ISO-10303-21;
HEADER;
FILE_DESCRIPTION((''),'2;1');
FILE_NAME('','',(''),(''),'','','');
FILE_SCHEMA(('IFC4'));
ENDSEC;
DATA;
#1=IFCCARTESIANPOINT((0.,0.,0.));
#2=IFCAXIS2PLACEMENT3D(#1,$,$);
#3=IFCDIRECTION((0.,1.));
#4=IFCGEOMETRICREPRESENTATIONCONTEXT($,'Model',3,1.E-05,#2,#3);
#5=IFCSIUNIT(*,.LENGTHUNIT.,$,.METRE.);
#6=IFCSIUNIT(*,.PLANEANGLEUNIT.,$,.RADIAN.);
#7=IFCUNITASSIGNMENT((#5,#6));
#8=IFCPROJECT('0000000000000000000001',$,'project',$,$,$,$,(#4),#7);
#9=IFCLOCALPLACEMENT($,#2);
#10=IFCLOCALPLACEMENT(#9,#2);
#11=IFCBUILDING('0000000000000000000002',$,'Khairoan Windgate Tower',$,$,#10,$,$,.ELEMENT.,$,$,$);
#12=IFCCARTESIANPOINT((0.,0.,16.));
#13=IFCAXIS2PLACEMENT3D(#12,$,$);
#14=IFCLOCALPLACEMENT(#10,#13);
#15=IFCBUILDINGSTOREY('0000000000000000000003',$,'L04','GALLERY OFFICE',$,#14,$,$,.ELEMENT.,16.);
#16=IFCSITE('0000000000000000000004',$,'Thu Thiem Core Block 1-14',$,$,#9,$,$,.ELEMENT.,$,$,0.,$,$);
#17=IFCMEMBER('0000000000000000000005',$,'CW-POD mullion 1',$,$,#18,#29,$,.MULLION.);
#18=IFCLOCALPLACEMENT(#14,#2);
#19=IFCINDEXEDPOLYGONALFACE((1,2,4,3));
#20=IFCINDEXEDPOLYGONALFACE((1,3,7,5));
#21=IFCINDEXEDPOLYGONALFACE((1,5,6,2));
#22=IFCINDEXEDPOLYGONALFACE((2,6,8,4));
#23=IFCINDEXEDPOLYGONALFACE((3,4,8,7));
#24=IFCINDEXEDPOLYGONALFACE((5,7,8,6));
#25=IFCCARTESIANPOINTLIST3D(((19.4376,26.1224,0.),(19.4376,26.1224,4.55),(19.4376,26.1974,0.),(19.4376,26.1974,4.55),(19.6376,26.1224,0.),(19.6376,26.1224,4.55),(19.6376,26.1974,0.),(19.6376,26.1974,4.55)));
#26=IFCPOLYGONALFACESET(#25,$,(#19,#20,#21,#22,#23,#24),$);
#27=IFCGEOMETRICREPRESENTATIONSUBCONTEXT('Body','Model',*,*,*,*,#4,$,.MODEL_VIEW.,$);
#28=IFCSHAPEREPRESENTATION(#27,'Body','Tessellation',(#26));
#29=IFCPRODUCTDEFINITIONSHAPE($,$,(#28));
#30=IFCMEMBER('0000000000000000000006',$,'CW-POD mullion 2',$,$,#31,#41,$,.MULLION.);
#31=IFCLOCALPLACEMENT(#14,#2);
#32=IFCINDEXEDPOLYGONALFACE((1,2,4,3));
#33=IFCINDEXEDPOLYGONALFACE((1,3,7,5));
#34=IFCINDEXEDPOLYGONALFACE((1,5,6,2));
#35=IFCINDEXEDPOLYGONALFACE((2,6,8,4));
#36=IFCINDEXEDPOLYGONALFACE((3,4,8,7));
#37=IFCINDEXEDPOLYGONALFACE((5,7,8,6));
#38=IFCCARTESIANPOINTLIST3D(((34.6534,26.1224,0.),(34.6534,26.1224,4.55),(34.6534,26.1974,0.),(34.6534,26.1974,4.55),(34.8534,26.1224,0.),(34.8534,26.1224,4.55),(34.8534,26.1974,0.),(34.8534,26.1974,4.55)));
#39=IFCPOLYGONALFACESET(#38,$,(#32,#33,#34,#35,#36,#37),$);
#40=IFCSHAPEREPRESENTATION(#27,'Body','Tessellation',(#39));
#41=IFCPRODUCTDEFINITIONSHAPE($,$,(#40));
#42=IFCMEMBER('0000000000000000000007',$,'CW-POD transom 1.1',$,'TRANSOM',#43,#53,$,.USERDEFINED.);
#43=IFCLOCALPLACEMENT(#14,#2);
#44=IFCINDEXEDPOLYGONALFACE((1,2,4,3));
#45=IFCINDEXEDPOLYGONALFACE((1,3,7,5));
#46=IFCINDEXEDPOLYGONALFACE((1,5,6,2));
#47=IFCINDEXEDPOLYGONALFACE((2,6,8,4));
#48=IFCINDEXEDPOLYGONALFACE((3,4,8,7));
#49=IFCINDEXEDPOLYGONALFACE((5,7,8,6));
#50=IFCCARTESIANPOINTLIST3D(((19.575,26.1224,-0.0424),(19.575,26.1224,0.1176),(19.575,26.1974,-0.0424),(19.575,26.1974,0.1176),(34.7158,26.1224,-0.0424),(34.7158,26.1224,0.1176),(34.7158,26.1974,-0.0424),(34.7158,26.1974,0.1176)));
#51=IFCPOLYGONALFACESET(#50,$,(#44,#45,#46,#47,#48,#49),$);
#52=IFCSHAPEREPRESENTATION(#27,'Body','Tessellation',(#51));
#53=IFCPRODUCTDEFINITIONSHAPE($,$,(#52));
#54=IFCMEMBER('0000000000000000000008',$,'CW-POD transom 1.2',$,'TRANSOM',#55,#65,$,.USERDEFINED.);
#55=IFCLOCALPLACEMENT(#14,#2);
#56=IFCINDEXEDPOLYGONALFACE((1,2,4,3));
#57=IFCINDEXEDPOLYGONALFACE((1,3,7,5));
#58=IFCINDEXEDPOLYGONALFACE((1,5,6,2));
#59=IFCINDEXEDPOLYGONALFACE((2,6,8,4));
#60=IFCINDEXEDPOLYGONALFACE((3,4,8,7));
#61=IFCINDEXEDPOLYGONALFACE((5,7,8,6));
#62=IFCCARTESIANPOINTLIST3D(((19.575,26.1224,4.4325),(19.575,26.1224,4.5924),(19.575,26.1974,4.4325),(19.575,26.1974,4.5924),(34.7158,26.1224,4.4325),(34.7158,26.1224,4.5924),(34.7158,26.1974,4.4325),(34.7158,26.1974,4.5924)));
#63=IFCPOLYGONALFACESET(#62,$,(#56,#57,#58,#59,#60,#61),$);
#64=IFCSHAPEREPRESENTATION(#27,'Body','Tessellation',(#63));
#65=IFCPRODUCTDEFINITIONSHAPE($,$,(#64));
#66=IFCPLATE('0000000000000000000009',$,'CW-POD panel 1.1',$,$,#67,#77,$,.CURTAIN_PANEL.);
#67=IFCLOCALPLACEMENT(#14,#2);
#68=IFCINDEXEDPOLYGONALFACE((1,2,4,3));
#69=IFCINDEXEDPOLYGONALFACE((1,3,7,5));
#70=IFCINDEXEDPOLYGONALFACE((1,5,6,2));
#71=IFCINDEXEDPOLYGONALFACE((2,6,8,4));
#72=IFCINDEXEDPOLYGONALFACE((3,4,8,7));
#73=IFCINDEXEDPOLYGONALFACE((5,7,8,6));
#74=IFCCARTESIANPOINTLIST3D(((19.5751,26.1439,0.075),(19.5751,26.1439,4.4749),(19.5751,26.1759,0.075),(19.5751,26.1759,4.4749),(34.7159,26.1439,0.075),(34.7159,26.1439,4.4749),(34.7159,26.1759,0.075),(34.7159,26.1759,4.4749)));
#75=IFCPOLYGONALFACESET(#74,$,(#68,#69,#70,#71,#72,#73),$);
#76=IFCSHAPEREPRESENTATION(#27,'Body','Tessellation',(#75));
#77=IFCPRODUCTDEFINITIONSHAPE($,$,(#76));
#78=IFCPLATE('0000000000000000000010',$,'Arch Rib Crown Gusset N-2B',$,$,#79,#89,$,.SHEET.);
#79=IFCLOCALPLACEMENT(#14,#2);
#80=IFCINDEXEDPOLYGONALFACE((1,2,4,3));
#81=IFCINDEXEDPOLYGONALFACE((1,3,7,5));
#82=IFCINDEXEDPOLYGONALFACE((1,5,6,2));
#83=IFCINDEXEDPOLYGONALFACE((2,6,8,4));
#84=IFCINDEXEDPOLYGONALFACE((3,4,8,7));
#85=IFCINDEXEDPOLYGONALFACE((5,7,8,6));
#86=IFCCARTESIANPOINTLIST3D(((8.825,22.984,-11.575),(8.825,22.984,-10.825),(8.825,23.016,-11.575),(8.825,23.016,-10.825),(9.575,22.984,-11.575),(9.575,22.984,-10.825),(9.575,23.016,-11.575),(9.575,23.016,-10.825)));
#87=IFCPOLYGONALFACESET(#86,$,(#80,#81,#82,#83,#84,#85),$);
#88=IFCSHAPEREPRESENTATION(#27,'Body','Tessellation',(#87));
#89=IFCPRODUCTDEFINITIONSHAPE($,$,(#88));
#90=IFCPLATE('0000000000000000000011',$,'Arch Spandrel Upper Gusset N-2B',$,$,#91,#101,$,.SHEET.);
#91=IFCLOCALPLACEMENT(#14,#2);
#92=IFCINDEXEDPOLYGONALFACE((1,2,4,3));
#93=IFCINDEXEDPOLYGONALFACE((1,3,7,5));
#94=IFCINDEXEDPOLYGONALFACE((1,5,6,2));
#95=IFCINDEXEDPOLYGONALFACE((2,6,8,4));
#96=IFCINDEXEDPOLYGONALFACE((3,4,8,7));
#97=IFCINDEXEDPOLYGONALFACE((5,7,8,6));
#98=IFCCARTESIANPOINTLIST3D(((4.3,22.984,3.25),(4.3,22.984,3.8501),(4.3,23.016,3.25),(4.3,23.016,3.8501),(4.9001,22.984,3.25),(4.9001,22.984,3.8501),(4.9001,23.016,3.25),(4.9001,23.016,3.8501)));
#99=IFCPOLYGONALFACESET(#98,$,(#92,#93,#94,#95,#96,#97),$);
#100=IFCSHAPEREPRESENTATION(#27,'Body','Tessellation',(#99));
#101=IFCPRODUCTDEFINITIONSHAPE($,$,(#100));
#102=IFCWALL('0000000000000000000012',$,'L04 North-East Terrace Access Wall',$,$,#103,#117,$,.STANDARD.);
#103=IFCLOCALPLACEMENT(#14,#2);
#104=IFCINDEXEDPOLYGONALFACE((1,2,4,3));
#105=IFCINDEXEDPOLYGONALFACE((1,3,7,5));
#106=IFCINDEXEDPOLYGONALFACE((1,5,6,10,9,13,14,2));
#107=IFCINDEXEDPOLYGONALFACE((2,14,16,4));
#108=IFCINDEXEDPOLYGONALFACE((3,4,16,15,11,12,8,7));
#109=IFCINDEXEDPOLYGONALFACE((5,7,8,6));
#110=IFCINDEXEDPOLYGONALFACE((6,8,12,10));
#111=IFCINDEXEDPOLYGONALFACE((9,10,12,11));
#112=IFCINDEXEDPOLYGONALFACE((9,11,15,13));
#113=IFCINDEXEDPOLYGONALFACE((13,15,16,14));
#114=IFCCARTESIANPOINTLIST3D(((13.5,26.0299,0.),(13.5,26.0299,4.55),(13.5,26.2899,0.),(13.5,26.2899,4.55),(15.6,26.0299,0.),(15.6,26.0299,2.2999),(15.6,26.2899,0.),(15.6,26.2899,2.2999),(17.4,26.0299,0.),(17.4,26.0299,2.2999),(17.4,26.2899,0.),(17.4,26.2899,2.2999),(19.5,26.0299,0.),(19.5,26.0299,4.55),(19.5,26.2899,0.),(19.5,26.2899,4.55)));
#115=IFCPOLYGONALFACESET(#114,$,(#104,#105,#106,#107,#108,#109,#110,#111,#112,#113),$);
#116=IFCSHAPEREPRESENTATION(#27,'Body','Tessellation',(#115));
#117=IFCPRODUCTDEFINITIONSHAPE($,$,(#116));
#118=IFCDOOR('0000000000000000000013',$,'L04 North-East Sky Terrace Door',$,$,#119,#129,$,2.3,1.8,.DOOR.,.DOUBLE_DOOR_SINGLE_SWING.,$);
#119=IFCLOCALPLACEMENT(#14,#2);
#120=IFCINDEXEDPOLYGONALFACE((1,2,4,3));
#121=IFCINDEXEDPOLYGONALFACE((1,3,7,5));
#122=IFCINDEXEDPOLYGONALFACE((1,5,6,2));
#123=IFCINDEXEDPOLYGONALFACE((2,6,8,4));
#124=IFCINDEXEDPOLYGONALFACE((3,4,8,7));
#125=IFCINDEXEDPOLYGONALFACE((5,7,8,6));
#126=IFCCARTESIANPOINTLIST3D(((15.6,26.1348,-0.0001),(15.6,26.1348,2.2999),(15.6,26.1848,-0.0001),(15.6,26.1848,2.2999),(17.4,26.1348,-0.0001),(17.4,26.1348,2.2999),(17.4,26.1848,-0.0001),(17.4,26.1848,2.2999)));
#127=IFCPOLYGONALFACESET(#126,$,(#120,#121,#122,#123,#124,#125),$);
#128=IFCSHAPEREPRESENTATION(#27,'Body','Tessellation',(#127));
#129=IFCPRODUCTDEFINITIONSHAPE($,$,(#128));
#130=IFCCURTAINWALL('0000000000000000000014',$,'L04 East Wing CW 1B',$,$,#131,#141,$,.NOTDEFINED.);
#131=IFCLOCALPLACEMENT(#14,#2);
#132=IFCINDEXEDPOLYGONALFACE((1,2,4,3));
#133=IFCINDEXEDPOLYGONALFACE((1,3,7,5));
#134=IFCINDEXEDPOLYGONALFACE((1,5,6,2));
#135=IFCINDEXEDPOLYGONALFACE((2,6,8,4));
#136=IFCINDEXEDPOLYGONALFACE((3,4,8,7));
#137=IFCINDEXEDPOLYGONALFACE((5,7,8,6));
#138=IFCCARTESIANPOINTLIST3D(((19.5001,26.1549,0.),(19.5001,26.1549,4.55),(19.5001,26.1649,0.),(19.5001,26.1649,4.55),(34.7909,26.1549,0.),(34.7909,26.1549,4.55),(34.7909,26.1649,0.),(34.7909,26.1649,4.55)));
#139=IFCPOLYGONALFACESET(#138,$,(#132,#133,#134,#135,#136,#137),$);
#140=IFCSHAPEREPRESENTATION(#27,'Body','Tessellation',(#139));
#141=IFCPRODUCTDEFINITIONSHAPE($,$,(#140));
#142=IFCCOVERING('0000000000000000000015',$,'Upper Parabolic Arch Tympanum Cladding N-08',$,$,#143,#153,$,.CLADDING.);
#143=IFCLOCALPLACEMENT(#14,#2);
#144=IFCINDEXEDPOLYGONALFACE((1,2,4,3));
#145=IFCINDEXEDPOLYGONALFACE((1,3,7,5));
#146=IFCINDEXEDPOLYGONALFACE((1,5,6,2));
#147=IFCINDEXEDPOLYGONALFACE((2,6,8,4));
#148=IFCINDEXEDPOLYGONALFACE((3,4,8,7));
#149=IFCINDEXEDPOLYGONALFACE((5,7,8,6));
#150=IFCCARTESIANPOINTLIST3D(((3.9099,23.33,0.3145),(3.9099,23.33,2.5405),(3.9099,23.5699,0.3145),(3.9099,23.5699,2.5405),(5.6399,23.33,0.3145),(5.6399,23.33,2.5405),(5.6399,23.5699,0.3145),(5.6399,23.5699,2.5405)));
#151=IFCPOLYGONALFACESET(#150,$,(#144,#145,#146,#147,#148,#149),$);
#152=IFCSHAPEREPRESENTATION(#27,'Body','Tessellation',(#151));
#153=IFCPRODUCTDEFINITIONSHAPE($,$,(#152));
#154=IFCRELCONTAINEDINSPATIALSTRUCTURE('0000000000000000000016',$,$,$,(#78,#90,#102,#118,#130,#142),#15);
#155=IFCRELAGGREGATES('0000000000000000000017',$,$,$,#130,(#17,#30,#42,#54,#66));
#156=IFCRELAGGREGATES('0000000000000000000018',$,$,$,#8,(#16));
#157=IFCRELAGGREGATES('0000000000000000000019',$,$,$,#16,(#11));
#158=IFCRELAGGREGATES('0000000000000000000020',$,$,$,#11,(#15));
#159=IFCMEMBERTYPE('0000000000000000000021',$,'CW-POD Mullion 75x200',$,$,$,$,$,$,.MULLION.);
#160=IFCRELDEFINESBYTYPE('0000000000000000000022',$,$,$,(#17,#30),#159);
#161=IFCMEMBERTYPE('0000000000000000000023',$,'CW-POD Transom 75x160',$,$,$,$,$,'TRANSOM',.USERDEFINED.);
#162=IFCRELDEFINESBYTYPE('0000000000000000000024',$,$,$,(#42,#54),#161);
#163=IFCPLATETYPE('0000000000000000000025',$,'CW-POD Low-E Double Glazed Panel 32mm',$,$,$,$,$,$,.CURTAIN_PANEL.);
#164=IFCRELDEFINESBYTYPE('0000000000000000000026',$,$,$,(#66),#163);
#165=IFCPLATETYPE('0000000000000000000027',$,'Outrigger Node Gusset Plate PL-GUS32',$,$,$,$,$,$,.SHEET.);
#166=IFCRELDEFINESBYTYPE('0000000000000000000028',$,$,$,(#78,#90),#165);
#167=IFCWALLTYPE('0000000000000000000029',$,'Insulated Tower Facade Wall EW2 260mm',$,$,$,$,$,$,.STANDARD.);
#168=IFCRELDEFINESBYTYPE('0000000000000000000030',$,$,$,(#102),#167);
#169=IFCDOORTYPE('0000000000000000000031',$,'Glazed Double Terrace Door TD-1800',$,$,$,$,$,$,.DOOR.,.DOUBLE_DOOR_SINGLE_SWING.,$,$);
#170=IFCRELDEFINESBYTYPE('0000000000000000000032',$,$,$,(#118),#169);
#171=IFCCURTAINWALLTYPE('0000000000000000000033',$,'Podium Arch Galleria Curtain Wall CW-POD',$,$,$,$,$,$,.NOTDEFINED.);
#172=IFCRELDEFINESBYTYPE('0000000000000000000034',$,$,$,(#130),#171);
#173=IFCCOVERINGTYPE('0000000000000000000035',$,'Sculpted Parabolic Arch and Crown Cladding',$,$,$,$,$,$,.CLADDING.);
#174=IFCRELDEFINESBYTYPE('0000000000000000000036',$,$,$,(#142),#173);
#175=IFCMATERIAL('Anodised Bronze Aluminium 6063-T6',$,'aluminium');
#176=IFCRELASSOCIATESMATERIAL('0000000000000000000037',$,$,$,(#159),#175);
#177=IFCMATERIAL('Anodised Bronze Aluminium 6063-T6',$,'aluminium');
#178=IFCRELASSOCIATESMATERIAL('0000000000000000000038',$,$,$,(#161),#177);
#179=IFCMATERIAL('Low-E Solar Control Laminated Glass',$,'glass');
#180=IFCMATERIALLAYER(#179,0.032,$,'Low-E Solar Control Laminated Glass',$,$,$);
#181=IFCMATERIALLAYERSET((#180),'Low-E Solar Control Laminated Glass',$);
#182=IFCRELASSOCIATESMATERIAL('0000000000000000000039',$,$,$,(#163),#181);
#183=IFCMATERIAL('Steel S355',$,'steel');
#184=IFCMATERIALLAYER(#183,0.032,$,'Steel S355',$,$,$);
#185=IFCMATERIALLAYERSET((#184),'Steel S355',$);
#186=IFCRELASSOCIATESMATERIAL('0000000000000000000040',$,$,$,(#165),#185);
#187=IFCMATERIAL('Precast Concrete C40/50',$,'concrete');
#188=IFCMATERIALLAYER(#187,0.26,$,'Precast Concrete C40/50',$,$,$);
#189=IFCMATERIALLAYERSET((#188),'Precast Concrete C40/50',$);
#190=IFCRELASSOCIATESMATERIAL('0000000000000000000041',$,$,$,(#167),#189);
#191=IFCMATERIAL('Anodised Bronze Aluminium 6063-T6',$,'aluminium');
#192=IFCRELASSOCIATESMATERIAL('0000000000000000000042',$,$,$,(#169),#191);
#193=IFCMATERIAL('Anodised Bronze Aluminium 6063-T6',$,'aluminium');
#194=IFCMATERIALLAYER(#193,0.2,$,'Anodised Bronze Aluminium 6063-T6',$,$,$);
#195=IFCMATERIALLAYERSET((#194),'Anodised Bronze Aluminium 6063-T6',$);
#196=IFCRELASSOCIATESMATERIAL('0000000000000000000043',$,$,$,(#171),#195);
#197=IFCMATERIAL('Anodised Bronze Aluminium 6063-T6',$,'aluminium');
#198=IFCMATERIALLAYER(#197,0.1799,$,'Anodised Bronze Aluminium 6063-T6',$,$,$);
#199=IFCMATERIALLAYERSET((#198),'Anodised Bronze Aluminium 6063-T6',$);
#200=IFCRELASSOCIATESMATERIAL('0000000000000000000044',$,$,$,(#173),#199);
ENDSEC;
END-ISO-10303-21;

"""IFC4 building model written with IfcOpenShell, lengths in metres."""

from ifc_helpers import new_model, si_unit, direction, frame, frame_2d, origin, origin_2d, place, context, subcontext, project, spatial, rectangle, extrude, material, layer, layer_set, material_profile, profile_set, type_object, element, fill, aggregate, save


model = new_model("IFC4")

# Units and contexts
model_context = context("Model", 3, precision=1e-05, world=origin(), true_north=direction((0.0, 1.0)))
body_context = subcontext(model_context, "Body", "Model", "MODEL_VIEW")
ifc_project = project(units=[si_unit("LENGTHUNIT", "METRE"), si_unit("PLANEANGLEUNIT", "RADIAN")], contexts=[model_context])

# Site, building, storey
site_placement = place(None, origin())
site = spatial("IfcSite", under=ifc_project, at=site_placement, Name="Thu Thiem Core Block 1-14", CompositionType="ELEMENT", RefElevation=0.0)
building_placement = place(site_placement, origin())
building = spatial("IfcBuilding", under=site, at=building_placement, Name="Khairoan Windgate Tower", CompositionType="ELEMENT")
storey_placement = place(building_placement, frame((0.0, 0.0, 16.0)))
storey = spatial("IfcBuildingStorey", under=building, at=storey_placement, Name="L04", Description="GALLERY OFFICE", CompositionType="ELEMENT", Elevation=16.0)

# Members
ifc_material_1 = material(Name="Anodised Bronze Aluminium 6063-T6", Category="aluminium")
ifc_material_profile_1 = material_profile(ifc_material_1, rectangle(XDim=0.075, YDim=0.2, at=origin_2d()))
ifc_profile_set_1 = profile_set([ifc_material_profile_1], Name="Anodised Bronze Aluminium 6063-T6")
member_type_1 = type_object("IfcMemberType", Name="CW-POD Mullion 75x200", PredefinedType="MULLION", material=ifc_profile_set_1)
member_1_placement = place(storey_placement, frame((19.5376, 26.1599, 0.0), z_axis=(0.0, 0.0, 1.0), x_axis=(0.0, 1.0, 0.0)))
member_1 = element("IfcMember", 1, at=member_1_placement, type_object=member_type_1, Name="CW-POD mullion 1", PredefinedType="MULLION", context=body_context, shape_type="SweptSolid", body=[
    extrude(rectangle(XDim=0.075, YDim=0.2, at=origin_2d()), origin(), (0.0, 0.0, 1.0), 4.55),
])
member_2_placement = place(storey_placement, frame((34.7534, 26.1599, 0.0), z_axis=(0.0, 0.0, 1.0), x_axis=(0.0, 1.0, 0.0)))
member_2 = element("IfcMember", 2, at=member_2_placement, type_object=member_type_1, Name="CW-POD mullion 2", PredefinedType="MULLION", context=body_context, shape_type="SweptSolid", body=[
    extrude(rectangle(XDim=0.075, YDim=0.2, at=origin_2d()), origin(), (0.0, 0.0, 1.0), 4.55),
])
ifc_material_2 = material(Name="Anodised Bronze Aluminium 6063-T6", Category="aluminium")
ifc_material_profile_2 = material_profile(ifc_material_2, rectangle(XDim=0.075, YDim=0.1599, at=origin_2d()))
ifc_profile_set_2 = profile_set([ifc_material_profile_2], Name="Anodised Bronze Aluminium 6063-T6")
member_type_2 = type_object("IfcMemberType", Name="CW-POD Transom 75x160", ElementType="TRANSOM", PredefinedType="USERDEFINED", material=ifc_profile_set_2)
member_3_placement = place(storey_placement, frame((19.575, 26.1599, 0.0376), z_axis=(1.0, 0.0, 0.0), x_axis=(0.0, 1.0, 0.0)))
member_3 = element("IfcMember", 3, at=member_3_placement, type_object=member_type_2, Name="CW-POD transom 1.1", ObjectType="TRANSOM", PredefinedType="USERDEFINED", context=body_context, shape_type="SweptSolid", body=[
    extrude(rectangle(XDim=0.075, YDim=0.1599, at=origin_2d()), origin(), (0.0, 0.0, 1.0), 15.1409),
])
member_4_placement = place(storey_placement, frame((19.575, 26.1599, 4.5125), z_axis=(1.0, 0.0, 0.0), x_axis=(0.0, 1.0, 0.0)))
member_4 = element("IfcMember", 4, at=member_4_placement, type_object=member_type_2, Name="CW-POD transom 1.2", ObjectType="TRANSOM", PredefinedType="USERDEFINED", context=body_context, shape_type="SweptSolid", body=[
    extrude(rectangle(XDim=0.075, YDim=0.1599, at=origin_2d()), origin(), (0.0, 0.0, 1.0), 15.1409),
])

# Plate
ifc_material_3 = material(Name="Low-E Solar Control Laminated Glass", Category="glass")
ifc_layer_1 = layer(ifc_material_3, 0.032, Name="Low-E Solar Control Laminated Glass")
ifc_layer_set_1 = layer_set([ifc_layer_1], Name="Low-E Solar Control Laminated Glass")
plate_type_1 = type_object("IfcPlateType", Name="CW-POD Low-E Double Glazed Panel 32mm", PredefinedType="CURTAIN_PANEL", material=ifc_layer_set_1)
plate_1_placement = place(storey_placement, frame((27.1455, 26.1599, 0.075), z_axis=(0.0, 0.0, 1.0), x_axis=(1.0, 0.0, 0.0)))
plate_1 = element("IfcPlate", 5, at=plate_1_placement, type_object=plate_type_1, Name="CW-POD panel 1.1", PredefinedType="CURTAIN_PANEL", context=body_context, shape_type="SweptSolid", body=[
    extrude(rectangle(XDim=15.1409, YDim=0.032, at=origin_2d()), origin(), (0.0, 0.0, 1.0), 4.3999),
])

# Plates
ifc_material_4 = material(Name="Steel S355", Category="steel")
ifc_layer_2 = layer(ifc_material_4, 0.032, Name="Steel S355")
ifc_layer_set_2 = layer_set([ifc_layer_2], Name="Steel S355")
plate_type_2 = type_object("IfcPlateType", Name="Outrigger Node Gusset Plate PL-GUS32", PredefinedType="SHEET", material=ifc_layer_set_2)
plate_2_placement = place(storey_placement, frame((9.2, 23.0, -11.575), z_axis=(0.0, 0.0, 1.0), x_axis=(1.0, 0.0, 0.0)))
element("IfcPlate", 6, at=plate_2_placement, inside=storey, type_object=plate_type_2, Name="Arch Rib Crown Gusset N-2B", PredefinedType="SHEET", context=body_context, shape_type="SweptSolid", body=[
    extrude(rectangle(XDim=0.75, YDim=0.032, at=origin_2d()), origin(), (0.0, 0.0, 1.0), 0.75),
])
plate_3_placement = place(storey_placement, frame((4.6001, 23.0, 3.25), z_axis=(0.0, 0.0, 1.0), x_axis=(1.0, 0.0, 0.0)))
element("IfcPlate", 7, at=plate_3_placement, inside=storey, type_object=plate_type_2, Name="Arch Spandrel Upper Gusset N-2B", PredefinedType="SHEET", context=body_context, shape_type="SweptSolid", body=[
    extrude(rectangle(XDim=0.6001, YDim=0.032, at=origin_2d()), origin(), (0.0, 0.0, 1.0), 0.6001),
])

# Wall, opening, door
ifc_material_5 = material(Name="Precast Concrete C40/50", Category="concrete")
ifc_layer_3 = layer(ifc_material_5, 0.26, Name="Precast Concrete C40/50")
ifc_layer_set_3 = layer_set([ifc_layer_3], Name="Precast Concrete C40/50")
wall_type = type_object("IfcWallType", Name="Insulated Tower Facade Wall EW2 260mm", PredefinedType="STANDARD", material=ifc_layer_set_3)
wall_placement = place(storey_placement, frame((13.5, 26.1599, 0.0), z_axis=(0.0, 0.0, 1.0), x_axis=(1.0, 0.0, 0.0)))
wall = element("IfcWall", 8, at=wall_placement, inside=storey, type_object=wall_type, Name="L04 North-East Terrace Access Wall", PredefinedType="STANDARD", context=body_context, shape_type="SweptSolid", body=[
    extrude(rectangle(XDim=6.0, YDim=0.26, at=frame_2d((3.0, 0.0))), origin(), (0.0, 0.0, 1.0), 4.55),
])
opening_placement = place(wall_placement, frame((2.1001, 0.0, 0.0)))
opening = element("IfcOpeningElement", 9, at=opening_placement, cuts=wall, PredefinedType="OPENING", context=body_context, shape_type="SweptSolid", body=[
    extrude(rectangle(XDim=1.8, YDim=2.3, at=frame_2d((0.8999, 1.1499))), frame((0.0, 0.1399, 0.0), z_axis=(0.0, -1.0, 0.0), x_axis=(1.0, 0.0, 0.0)), (0.0, 0.0, 1.0), 0.28),
])
ifc_material_6 = material(Name="Anodised Bronze Aluminium 6063-T6", Category="aluminium")
door_type = type_object("IfcDoorType", Name="Glazed Double Terrace Door TD-1800", OperationType="DOUBLE_DOOR_SINGLE_SWING", PredefinedType="DOOR", material=ifc_material_6)
door_placement = place(opening_placement, origin())
door = element("IfcDoor", 10, at=door_placement, inside=storey, type_object=door_type, Name="L04 North-East Sky Terrace Door", OperationType="DOUBLE_DOOR_SINGLE_SWING", OverallHeight=2.3, OverallWidth=1.8, PredefinedType="DOOR", context=body_context, shape_type="SweptSolid", body=[
    extrude(rectangle(XDim=1.8, YDim=2.3, at=frame_2d((0.8999, 1.1499))), frame((0.0, 0.0249, 0.0), z_axis=(0.0, -1.0, 0.0), x_axis=(1.0, 0.0, 0.0)), (0.0, 0.0, 1.0), 0.05),
])
fill(opening, door)

# Curtain wall
ifc_material_7 = material(Name="Anodised Bronze Aluminium 6063-T6", Category="aluminium")
ifc_layer_4 = layer(ifc_material_7, 0.2, Name="Anodised Bronze Aluminium 6063-T6")
ifc_layer_set_4 = layer_set([ifc_layer_4], Name="Anodised Bronze Aluminium 6063-T6")
curtain_wall_type = type_object("IfcCurtainWallType", Name="Podium Arch Galleria Curtain Wall CW-POD", PredefinedType="NOTDEFINED", material=ifc_layer_set_4)
curtain_wall_1_placement = place(storey_placement, frame((19.5, 26.1599, 0.0), z_axis=(0.0, 0.0, 1.0), x_axis=(1.0, 0.0, 0.0)))
curtain_wall_1 = element("IfcCurtainWall", 11, at=curtain_wall_1_placement, inside=storey, type_object=curtain_wall_type, Name="L04 East Wing CW 1B", PredefinedType="NOTDEFINED", context=body_context, shape_type="SweptSolid", body=[
    extrude(rectangle(XDim=15.2908, YDim=0.01, at=frame_2d((7.6455, 0.0))), origin(), (0.0, 0.0, 1.0), 4.55),
])
aggregate(curtain_wall_1, [member_1, member_2, member_3, member_4, plate_1])

# Covering
ifc_material_8 = material(Name="Anodised Bronze Aluminium 6063-T6", Category="aluminium")
ifc_layer_5 = layer(ifc_material_8, 0.1799, Name="Anodised Bronze Aluminium 6063-T6")
ifc_layer_set_5 = layer_set([ifc_layer_5], Name="Anodised Bronze Aluminium 6063-T6")
covering_type = type_object("IfcCoveringType", Name="Sculpted Parabolic Arch and Crown Cladding", PredefinedType="CLADDING", material=ifc_layer_set_5)
covering_placement = place(storey_placement, frame((4.7749, 23.45, 0.3145), z_axis=(0.0, 0.0, 1.0), x_axis=(1.0, 0.0, 0.0)))
element("IfcCovering", 12, at=covering_placement, inside=storey, type_object=covering_type, Name="Upper Parabolic Arch Tympanum Cladding N-08", PredefinedType="CLADDING", context=body_context, shape_type="SweptSolid", body=[
    extrude(rectangle(XDim=1.73, YDim=0.24, at=origin_2d()), origin(), (0.0, 0.0, 1.0), 2.2261),
])

save(model, "model.ifc")
